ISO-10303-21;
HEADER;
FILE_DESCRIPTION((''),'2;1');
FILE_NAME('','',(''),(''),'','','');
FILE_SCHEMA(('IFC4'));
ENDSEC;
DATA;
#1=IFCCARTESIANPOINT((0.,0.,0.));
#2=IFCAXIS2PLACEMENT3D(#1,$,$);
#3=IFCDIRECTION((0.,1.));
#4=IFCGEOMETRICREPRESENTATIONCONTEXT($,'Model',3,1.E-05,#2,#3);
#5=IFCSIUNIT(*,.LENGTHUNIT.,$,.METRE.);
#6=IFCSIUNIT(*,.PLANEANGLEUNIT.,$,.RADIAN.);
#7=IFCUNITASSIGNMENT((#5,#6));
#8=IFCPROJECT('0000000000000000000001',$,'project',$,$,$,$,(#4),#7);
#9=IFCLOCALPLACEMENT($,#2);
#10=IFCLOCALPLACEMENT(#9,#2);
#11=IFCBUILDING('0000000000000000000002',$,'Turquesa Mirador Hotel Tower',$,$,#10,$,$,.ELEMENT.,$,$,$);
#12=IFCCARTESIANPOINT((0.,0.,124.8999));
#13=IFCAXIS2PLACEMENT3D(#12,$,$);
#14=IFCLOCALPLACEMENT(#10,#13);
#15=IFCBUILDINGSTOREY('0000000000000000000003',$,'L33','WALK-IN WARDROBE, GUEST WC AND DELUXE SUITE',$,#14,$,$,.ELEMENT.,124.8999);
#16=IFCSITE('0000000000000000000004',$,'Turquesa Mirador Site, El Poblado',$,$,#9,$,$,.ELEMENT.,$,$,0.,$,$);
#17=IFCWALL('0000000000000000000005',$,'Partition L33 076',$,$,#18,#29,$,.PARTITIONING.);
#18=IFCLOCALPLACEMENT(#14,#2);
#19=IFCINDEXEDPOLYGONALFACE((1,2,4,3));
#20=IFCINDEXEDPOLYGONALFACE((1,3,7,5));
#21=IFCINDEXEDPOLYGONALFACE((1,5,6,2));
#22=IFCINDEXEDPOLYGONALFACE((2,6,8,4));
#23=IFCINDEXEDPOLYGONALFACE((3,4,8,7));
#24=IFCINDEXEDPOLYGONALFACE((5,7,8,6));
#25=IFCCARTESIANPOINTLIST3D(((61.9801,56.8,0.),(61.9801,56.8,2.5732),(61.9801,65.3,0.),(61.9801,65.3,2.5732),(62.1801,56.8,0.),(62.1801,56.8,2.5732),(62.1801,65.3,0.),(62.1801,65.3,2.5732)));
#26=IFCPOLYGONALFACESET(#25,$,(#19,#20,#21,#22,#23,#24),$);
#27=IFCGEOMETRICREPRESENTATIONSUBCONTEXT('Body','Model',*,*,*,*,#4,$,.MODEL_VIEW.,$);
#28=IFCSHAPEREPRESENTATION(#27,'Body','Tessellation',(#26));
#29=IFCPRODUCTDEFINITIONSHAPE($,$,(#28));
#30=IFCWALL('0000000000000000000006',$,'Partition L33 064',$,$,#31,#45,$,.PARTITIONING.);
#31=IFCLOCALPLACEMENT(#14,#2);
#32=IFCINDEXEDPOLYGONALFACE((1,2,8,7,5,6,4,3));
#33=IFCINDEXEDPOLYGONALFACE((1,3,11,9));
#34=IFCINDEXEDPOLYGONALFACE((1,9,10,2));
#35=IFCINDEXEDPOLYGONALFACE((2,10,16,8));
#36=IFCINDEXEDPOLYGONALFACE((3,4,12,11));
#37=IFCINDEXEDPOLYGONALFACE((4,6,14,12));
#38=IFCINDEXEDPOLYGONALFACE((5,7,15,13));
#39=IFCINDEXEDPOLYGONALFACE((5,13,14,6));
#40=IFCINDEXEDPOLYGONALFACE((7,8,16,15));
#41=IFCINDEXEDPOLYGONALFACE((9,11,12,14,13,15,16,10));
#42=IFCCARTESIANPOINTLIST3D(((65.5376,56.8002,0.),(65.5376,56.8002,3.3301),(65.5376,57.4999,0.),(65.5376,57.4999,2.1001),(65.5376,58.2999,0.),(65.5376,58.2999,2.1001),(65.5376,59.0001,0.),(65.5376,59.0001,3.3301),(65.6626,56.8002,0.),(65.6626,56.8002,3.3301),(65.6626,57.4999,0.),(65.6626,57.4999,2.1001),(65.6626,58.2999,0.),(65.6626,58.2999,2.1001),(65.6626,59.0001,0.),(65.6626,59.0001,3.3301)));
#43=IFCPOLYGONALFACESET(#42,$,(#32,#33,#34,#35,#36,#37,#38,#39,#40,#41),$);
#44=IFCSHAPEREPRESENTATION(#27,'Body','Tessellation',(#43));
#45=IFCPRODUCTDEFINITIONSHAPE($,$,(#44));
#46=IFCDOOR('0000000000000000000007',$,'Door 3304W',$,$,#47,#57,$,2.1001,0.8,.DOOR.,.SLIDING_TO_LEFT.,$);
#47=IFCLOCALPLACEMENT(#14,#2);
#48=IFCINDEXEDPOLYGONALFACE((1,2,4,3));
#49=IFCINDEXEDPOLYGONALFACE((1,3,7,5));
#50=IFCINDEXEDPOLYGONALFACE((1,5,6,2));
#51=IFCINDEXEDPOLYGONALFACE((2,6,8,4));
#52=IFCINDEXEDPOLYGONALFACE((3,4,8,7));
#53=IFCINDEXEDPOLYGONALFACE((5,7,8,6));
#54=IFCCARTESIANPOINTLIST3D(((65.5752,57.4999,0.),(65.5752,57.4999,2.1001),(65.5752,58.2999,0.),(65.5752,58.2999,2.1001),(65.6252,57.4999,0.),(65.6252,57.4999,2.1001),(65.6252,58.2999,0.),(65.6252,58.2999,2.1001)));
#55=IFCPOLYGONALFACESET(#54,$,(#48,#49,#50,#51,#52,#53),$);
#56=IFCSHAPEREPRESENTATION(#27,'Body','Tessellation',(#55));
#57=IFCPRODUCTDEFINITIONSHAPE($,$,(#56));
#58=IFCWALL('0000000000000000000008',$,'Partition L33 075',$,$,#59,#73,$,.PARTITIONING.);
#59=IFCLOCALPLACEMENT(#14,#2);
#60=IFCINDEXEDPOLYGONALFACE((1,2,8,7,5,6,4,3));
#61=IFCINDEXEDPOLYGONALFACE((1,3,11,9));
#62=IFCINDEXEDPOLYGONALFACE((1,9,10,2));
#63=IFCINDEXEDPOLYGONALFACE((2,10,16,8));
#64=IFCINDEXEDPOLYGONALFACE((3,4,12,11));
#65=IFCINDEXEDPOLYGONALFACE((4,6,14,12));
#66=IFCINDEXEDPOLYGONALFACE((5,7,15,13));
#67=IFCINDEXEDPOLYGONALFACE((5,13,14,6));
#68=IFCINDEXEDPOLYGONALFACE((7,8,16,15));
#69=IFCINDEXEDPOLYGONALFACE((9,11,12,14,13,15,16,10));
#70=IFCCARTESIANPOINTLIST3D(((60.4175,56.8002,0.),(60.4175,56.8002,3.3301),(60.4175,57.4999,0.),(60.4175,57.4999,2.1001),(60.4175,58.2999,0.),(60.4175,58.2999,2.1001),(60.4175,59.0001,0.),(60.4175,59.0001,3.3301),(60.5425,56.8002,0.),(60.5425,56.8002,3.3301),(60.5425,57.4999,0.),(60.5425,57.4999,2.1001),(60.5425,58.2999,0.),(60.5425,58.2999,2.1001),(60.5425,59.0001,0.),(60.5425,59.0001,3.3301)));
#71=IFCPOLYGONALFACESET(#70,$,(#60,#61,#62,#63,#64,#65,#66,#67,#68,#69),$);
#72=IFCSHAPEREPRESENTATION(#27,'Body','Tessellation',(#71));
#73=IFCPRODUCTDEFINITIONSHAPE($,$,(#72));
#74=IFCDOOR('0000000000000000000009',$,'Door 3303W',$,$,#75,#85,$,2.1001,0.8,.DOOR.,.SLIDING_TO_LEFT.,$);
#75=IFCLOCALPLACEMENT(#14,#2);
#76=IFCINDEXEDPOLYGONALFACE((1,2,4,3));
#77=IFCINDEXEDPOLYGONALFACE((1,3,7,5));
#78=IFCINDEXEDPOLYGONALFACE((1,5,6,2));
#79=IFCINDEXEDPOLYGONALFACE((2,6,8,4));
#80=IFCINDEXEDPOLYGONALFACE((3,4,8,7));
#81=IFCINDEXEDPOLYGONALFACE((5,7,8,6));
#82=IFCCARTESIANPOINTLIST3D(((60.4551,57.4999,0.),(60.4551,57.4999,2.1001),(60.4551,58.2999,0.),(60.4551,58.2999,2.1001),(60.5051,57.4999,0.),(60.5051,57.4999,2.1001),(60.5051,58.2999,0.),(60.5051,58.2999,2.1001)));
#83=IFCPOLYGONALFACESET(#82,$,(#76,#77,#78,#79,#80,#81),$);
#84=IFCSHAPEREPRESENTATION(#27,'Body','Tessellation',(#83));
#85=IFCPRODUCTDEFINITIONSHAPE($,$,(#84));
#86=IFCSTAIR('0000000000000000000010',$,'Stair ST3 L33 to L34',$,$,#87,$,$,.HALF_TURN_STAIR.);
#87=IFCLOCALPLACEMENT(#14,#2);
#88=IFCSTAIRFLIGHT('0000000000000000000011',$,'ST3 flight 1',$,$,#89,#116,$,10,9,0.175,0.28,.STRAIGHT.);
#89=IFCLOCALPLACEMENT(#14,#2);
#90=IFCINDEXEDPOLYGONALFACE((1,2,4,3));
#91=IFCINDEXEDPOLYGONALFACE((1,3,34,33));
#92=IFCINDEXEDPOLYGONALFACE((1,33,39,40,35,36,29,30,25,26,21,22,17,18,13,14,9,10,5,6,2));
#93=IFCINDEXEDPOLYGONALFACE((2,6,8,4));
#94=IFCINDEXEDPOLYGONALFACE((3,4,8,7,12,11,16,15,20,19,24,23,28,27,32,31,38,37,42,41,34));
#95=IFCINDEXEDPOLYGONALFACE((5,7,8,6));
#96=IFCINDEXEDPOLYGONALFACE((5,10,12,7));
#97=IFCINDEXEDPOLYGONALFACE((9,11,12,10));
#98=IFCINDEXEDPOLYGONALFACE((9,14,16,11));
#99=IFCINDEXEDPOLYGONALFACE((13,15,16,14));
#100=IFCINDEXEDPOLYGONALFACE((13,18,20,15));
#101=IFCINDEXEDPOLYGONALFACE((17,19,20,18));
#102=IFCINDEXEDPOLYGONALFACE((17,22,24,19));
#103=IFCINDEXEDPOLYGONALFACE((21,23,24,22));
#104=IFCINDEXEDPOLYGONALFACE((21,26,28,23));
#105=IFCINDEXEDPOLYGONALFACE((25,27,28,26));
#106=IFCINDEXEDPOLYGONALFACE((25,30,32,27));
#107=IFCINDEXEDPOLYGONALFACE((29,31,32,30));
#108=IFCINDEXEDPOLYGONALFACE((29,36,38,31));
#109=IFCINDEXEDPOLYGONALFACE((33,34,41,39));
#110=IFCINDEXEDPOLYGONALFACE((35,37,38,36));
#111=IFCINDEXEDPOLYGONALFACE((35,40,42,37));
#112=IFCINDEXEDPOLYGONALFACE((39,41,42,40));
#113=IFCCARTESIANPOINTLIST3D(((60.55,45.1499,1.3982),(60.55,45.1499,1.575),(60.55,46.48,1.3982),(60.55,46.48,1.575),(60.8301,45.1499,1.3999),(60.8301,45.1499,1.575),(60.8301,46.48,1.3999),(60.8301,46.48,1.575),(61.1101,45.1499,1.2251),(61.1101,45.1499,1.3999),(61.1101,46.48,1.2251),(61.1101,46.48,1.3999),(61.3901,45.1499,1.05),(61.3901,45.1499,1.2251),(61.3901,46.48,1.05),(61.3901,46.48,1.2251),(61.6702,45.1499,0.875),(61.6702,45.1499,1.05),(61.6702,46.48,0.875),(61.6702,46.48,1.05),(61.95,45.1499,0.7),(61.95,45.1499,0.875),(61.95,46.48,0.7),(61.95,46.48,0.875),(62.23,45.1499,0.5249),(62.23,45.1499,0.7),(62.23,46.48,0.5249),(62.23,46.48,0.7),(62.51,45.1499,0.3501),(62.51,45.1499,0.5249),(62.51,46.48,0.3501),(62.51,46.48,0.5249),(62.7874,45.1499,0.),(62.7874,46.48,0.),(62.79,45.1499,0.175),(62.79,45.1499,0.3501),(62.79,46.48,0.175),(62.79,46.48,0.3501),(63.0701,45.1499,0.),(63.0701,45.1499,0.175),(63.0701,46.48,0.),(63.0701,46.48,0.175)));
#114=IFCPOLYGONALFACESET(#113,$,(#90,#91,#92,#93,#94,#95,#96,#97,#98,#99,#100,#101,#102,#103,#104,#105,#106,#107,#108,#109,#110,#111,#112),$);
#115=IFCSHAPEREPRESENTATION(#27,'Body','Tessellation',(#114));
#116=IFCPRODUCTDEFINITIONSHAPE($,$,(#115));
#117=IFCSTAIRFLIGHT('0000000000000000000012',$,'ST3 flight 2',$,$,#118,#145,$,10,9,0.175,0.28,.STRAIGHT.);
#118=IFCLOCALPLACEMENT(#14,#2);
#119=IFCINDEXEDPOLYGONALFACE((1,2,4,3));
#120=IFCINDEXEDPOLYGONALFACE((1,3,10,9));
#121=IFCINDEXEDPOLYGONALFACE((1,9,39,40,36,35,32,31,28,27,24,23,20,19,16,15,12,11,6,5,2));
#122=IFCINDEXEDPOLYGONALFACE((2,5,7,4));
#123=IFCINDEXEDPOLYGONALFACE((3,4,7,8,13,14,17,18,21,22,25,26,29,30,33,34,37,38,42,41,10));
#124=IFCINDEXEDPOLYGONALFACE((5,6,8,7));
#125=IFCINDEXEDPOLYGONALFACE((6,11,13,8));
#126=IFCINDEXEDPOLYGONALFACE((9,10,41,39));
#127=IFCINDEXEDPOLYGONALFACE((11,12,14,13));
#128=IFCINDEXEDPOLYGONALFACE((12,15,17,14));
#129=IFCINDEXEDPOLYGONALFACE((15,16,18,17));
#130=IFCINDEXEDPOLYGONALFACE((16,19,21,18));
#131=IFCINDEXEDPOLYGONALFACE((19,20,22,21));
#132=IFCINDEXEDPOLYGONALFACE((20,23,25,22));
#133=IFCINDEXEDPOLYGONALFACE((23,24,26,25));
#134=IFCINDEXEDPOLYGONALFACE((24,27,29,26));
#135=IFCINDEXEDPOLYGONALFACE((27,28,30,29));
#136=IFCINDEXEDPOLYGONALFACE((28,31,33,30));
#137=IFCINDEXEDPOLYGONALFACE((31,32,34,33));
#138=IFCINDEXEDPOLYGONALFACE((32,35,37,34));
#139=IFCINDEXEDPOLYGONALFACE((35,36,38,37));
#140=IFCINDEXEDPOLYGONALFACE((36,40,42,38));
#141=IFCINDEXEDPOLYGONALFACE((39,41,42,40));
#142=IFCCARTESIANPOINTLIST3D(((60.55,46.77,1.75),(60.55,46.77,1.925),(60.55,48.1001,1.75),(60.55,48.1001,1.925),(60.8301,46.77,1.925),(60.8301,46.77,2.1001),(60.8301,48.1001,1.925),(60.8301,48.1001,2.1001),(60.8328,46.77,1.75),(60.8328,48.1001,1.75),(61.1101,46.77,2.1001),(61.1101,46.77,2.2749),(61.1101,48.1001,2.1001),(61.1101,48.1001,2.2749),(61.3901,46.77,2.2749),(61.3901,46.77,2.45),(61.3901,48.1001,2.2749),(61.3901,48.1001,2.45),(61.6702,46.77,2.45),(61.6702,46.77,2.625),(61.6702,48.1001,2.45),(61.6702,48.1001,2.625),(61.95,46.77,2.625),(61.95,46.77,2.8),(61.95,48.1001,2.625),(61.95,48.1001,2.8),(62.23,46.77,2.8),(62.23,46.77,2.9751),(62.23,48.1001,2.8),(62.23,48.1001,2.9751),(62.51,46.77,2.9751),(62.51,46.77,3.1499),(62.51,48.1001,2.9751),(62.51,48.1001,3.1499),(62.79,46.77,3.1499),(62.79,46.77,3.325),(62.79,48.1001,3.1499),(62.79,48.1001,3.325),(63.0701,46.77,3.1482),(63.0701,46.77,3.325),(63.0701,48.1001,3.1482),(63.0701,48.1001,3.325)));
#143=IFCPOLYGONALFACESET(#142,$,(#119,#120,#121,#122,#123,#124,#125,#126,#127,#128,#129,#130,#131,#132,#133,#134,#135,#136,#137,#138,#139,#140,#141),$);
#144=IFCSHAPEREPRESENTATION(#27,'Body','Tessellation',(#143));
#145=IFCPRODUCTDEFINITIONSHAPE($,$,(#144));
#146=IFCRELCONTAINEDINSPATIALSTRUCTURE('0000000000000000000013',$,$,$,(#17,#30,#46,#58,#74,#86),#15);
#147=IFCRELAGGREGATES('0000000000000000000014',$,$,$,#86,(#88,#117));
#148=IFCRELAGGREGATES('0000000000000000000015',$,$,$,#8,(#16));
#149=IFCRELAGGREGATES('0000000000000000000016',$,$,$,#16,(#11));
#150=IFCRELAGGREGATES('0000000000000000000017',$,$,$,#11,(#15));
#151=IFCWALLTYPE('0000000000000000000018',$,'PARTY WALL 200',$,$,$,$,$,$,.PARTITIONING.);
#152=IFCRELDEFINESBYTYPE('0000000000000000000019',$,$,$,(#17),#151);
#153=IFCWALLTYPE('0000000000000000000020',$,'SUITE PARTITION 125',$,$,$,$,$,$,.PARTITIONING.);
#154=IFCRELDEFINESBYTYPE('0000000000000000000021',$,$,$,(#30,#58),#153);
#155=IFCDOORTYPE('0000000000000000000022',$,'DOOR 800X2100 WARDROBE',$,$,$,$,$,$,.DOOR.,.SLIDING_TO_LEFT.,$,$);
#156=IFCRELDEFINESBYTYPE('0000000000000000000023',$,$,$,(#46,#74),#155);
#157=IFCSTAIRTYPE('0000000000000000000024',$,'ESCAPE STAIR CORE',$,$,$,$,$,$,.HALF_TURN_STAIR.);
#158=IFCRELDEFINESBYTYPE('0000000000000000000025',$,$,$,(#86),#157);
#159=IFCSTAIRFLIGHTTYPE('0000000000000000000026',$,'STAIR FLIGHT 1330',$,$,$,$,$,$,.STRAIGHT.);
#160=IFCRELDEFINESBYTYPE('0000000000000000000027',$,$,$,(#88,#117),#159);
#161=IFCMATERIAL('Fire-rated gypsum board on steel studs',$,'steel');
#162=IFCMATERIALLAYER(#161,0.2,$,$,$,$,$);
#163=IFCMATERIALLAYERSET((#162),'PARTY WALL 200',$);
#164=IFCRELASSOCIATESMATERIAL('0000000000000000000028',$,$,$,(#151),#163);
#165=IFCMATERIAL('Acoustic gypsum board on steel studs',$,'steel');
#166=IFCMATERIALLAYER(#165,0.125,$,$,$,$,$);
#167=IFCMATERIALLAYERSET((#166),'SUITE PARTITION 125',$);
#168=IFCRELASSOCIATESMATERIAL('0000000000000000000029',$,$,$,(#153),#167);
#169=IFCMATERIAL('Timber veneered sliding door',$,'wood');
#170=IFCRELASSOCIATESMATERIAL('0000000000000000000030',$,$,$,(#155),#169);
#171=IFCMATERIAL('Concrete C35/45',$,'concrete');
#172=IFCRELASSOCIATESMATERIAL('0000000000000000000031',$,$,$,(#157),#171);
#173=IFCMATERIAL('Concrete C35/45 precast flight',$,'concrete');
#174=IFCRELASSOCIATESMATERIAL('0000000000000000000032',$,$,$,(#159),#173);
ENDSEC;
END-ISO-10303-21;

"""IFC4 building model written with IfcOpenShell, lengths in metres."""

from ifc_helpers import new_model, si_unit, direction, frame, frame_2d, origin, place, context, subcontext, project, spatial, polyline, rectangle, outline, extrude, material, layer, layer_set, type_object, element, fill, aggregate, save


model = new_model("IFC4")

# Units and contexts
model_context = context("Model", 3, precision=1e-05, world=origin(), true_north=direction((0.0, 1.0)))
body_context = subcontext(model_context, "Body", "Model", "MODEL_VIEW")
ifc_project = project(units=[si_unit("LENGTHUNIT", "METRE"), si_unit("PLANEANGLEUNIT", "RADIAN")], contexts=[model_context])

# Site, building, storey
site_placement = place(None, origin())
site = spatial("IfcSite", under=ifc_project, at=site_placement, Name="Turquesa Mirador Site, El Poblado", CompositionType="ELEMENT", RefElevation=0.0)
building_placement = place(site_placement, origin())
building = spatial("IfcBuilding", under=site, at=building_placement, Name="Turquesa Mirador Hotel Tower", CompositionType="ELEMENT")
storey_placement = place(building_placement, frame((0.0, 0.0, 124.8999)))
storey = spatial("IfcBuildingStorey", under=building, at=storey_placement, Name="L33", Description="WALK-IN WARDROBE, GUEST WC AND DELUXE SUITE", CompositionType="ELEMENT", Elevation=124.8999)

# Wall
ifc_material_1 = material(Name="Fire-rated gypsum board on steel studs", Category="steel")
ifc_layer_1 = layer(ifc_material_1, 0.2)
ifc_layer_set_1 = layer_set([ifc_layer_1], Name="PARTY WALL 200")
wall_type_1 = type_object("IfcWallType", Name="PARTY WALL 200", PredefinedType="PARTITIONING", material=ifc_layer_set_1)
wall_1_placement = place(storey_placement, frame((62.0801, 56.8, 0.0), z_axis=(0.0, 0.0, 1.0), x_axis=(0.0, 1.0, 0.0)))
element("IfcWall", 1, at=wall_1_placement, inside=storey, type_object=wall_type_1, Name="Partition L33 076", PredefinedType="PARTITIONING", context=body_context, shape_type="SweptSolid", body=[
    extrude(rectangle(XDim=8.5, YDim=0.2, at=frame_2d((4.25, 0.0))), origin(), (0.0, 0.0, 1.0), 2.5732),
])

# Walls, openings, doors
ifc_material_2 = material(Name="Acoustic gypsum board on steel studs", Category="steel")
ifc_layer_2 = layer(ifc_material_2, 0.125)
ifc_layer_set_2 = layer_set([ifc_layer_2], Name="SUITE PARTITION 125")
wall_type_2 = type_object("IfcWallType", Name="SUITE PARTITION 125", PredefinedType="PARTITIONING", material=ifc_layer_set_2)
wall_2_placement = place(storey_placement, frame((65.6001, 56.8, 0.0), z_axis=(0.0, 0.0, 1.0), x_axis=(0.0, 1.0, 0.0)))
wall_2 = element("IfcWall", 2, at=wall_2_placement, inside=storey, type_object=wall_type_2, Name="Partition L33 064", PredefinedType="PARTITIONING", context=body_context, shape_type="SweptSolid", body=[
    extrude(rectangle(XDim=2.2, YDim=0.125, at=frame_2d((1.1001, 0.0))), origin(), (0.0, 0.0, 1.0), 3.3301),
])
opening_1_placement = place(wall_2_placement, frame((0.7, 0.0, 0.0)))
opening_1 = element("IfcOpeningElement", 3, at=opening_1_placement, cuts=wall_2, PredefinedType="OPENING", context=body_context, shape_type="SweptSolid", body=[
    extrude(rectangle(XDim=0.8, YDim=2.1001, at=frame_2d((0.3999, 1.05))), frame((0.0, 0.0725, 0.0), z_axis=(0.0, -1.0, 0.0), x_axis=(1.0, 0.0, 0.0)), (0.0, 0.0, 1.0), 0.145),
])
ifc_material_3 = material(Name="Timber veneered sliding door", Category="wood")
door_type_1 = type_object("IfcDoorType", Name="DOOR 800X2100 WARDROBE", OperationType="SLIDING_TO_LEFT", PredefinedType="DOOR", material=ifc_material_3)
door_1_placement = place(opening_1_placement, origin())
door_1 = element("IfcDoor", 4, at=door_1_placement, inside=storey, type_object=door_type_1, Name="Door 3304W", OperationType="SLIDING_TO_LEFT", OverallHeight=2.1001, OverallWidth=0.8, PredefinedType="DOOR", context=body_context, shape_type="SweptSolid", body=[
    extrude(rectangle(XDim=0.8, YDim=2.1001, at=frame_2d((0.3999, 1.05))), frame((0.0, 0.0249, 0.0), z_axis=(0.0, -1.0, 0.0), x_axis=(1.0, 0.0, 0.0)), (0.0, 0.0, 1.0), 0.05),
])
fill(opening_1, door_1)
wall_3_placement = place(storey_placement, frame((60.48, 56.8, 0.0), z_axis=(0.0, 0.0, 1.0), x_axis=(0.0, 1.0, 0.0)))
wall_3 = element("IfcWall", 5, at=wall_3_placement, inside=storey, type_object=wall_type_2, Name="Partition L33 075", PredefinedType="PARTITIONING", context=body_context, shape_type="SweptSolid", body=[
    extrude(rectangle(XDim=2.2, YDim=0.125, at=frame_2d((1.1001, 0.0))), origin(), (0.0, 0.0, 1.0), 3.3301),
])
opening_2_placement = place(wall_3_placement, frame((0.7, 0.0, 0.0)))
opening_2 = element("IfcOpeningElement", 6, at=opening_2_placement, cuts=wall_3, PredefinedType="OPENING", context=body_context, shape_type="SweptSolid", body=[
    extrude(rectangle(XDim=0.8, YDim=2.1001, at=frame_2d((0.3999, 1.05))), frame((0.0, 0.0725, 0.0), z_axis=(0.0, -1.0, 0.0), x_axis=(1.0, 0.0, 0.0)), (0.0, 0.0, 1.0), 0.145),
])
door_2_placement = place(opening_2_placement, origin())
door_2 = element("IfcDoor", 7, at=door_2_placement, inside=storey, type_object=door_type_1, Name="Door 3303W", OperationType="SLIDING_TO_LEFT", OverallHeight=2.1001, OverallWidth=0.8, PredefinedType="DOOR", context=body_context, shape_type="SweptSolid", body=[
    extrude(rectangle(XDim=0.8, YDim=2.1001, at=frame_2d((0.3999, 1.05))), frame((0.0, 0.0249, 0.0), z_axis=(0.0, -1.0, 0.0), x_axis=(1.0, 0.0, 0.0)), (0.0, 0.0, 1.0), 0.05),
])
fill(opening_2, door_2)

# Stair, stair flights
ifc_material_4 = material(Name="Concrete C35/45", Category="concrete")
stair_type = type_object("IfcStairType", Name="ESCAPE STAIR CORE", PredefinedType="HALF_TURN_STAIR", material=ifc_material_4)
stair_placement = place(storey_placement, origin())
stair = element("IfcStair", 8, at=stair_placement, inside=storey, type_object=stair_type, Name="Stair ST3 L33 to L34", PredefinedType="HALF_TURN_STAIR")
ifc_material_5 = material(Name="Concrete C35/45 precast flight", Category="concrete")
stair_flight_type = type_object("IfcStairFlightType", Name="STAIR FLIGHT 1330", PredefinedType="STRAIGHT", material=ifc_material_5)
stair_flight_1_placement = place(storey_placement, frame((63.0701, 45.8149, 0.0), z_axis=(0.0, 0.0, 1.0), x_axis=(-1.0, 0.0, 0.0)))
stair_flight_1 = element("IfcStairFlight", 9, at=stair_flight_1_placement, type_object=stair_flight_type, Name="ST3 flight 1", NumberOfRisers=10, NumberOfTreads=9, PredefinedType="STRAIGHT", RiserHeight=0.175, TreadLength=0.28, context=body_context, shape_type="SweptSolid", body=[
    extrude(outline(polyline([(0.0, 0.0), (0.0, 0.175), (0.28, 0.175), (0.28, 0.3501), (0.5601, 0.3501), (0.5601, 0.5249), (0.8401, 0.5249), (0.8401, 0.7), (1.1201, 0.7), (1.1201, 0.875), (1.3999, 0.875), (1.3999, 1.05), (1.6799, 1.05), (1.6799, 1.2251), (1.96, 1.2251), (1.96, 1.3999), (2.24, 1.3999), (2.24, 1.575), (2.52, 1.575), (2.52, 1.75), (2.52, 1.3982), (0.2827, 0.0), (0.0, 0.0)])), frame((0.0, 0.665, 0.0), z_axis=(0.0, -1.0, 0.0), x_axis=(1.0, 0.0, 0.0)), (0.0, 0.0, 1.0), 1.3301),
])
stair_flight_2_placement = place(storey_placement, frame((60.55, 47.4351, 1.75), z_axis=(0.0, 0.0, 1.0), x_axis=(1.0, 0.0, 0.0)))
stair_flight_2 = element("IfcStairFlight", 10, at=stair_flight_2_placement, type_object=stair_flight_type, Name="ST3 flight 2", NumberOfRisers=10, NumberOfTreads=9, PredefinedType="STRAIGHT", RiserHeight=0.175, TreadLength=0.28, context=body_context, shape_type="SweptSolid", body=[
    extrude(outline(polyline([(0.0, 0.0), (0.0, 0.175), (0.28, 0.175), (0.28, 0.3501), (0.5601, 0.3501), (0.5601, 0.5249), (0.8401, 0.5249), (0.8401, 0.7), (1.1201, 0.7), (1.1201, 0.875), (1.3999, 0.875), (1.3999, 1.05), (1.6799, 1.05), (1.6799, 1.2251), (1.96, 1.2251), (1.96, 1.3999), (2.24, 1.3999), (2.24, 1.575), (2.52, 1.575), (2.52, 1.75), (2.52, 1.3982), (0.2827, 0.0), (0.0, 0.0)])), frame((0.0, 0.665, 0.0), z_axis=(0.0, -1.0, 0.0), x_axis=(1.0, 0.0, 0.0)), (0.0, 0.0, 1.0), 1.3301),
])
aggregate(stair, [stair_flight_1, stair_flight_2])

save(model, "model.ifc")
